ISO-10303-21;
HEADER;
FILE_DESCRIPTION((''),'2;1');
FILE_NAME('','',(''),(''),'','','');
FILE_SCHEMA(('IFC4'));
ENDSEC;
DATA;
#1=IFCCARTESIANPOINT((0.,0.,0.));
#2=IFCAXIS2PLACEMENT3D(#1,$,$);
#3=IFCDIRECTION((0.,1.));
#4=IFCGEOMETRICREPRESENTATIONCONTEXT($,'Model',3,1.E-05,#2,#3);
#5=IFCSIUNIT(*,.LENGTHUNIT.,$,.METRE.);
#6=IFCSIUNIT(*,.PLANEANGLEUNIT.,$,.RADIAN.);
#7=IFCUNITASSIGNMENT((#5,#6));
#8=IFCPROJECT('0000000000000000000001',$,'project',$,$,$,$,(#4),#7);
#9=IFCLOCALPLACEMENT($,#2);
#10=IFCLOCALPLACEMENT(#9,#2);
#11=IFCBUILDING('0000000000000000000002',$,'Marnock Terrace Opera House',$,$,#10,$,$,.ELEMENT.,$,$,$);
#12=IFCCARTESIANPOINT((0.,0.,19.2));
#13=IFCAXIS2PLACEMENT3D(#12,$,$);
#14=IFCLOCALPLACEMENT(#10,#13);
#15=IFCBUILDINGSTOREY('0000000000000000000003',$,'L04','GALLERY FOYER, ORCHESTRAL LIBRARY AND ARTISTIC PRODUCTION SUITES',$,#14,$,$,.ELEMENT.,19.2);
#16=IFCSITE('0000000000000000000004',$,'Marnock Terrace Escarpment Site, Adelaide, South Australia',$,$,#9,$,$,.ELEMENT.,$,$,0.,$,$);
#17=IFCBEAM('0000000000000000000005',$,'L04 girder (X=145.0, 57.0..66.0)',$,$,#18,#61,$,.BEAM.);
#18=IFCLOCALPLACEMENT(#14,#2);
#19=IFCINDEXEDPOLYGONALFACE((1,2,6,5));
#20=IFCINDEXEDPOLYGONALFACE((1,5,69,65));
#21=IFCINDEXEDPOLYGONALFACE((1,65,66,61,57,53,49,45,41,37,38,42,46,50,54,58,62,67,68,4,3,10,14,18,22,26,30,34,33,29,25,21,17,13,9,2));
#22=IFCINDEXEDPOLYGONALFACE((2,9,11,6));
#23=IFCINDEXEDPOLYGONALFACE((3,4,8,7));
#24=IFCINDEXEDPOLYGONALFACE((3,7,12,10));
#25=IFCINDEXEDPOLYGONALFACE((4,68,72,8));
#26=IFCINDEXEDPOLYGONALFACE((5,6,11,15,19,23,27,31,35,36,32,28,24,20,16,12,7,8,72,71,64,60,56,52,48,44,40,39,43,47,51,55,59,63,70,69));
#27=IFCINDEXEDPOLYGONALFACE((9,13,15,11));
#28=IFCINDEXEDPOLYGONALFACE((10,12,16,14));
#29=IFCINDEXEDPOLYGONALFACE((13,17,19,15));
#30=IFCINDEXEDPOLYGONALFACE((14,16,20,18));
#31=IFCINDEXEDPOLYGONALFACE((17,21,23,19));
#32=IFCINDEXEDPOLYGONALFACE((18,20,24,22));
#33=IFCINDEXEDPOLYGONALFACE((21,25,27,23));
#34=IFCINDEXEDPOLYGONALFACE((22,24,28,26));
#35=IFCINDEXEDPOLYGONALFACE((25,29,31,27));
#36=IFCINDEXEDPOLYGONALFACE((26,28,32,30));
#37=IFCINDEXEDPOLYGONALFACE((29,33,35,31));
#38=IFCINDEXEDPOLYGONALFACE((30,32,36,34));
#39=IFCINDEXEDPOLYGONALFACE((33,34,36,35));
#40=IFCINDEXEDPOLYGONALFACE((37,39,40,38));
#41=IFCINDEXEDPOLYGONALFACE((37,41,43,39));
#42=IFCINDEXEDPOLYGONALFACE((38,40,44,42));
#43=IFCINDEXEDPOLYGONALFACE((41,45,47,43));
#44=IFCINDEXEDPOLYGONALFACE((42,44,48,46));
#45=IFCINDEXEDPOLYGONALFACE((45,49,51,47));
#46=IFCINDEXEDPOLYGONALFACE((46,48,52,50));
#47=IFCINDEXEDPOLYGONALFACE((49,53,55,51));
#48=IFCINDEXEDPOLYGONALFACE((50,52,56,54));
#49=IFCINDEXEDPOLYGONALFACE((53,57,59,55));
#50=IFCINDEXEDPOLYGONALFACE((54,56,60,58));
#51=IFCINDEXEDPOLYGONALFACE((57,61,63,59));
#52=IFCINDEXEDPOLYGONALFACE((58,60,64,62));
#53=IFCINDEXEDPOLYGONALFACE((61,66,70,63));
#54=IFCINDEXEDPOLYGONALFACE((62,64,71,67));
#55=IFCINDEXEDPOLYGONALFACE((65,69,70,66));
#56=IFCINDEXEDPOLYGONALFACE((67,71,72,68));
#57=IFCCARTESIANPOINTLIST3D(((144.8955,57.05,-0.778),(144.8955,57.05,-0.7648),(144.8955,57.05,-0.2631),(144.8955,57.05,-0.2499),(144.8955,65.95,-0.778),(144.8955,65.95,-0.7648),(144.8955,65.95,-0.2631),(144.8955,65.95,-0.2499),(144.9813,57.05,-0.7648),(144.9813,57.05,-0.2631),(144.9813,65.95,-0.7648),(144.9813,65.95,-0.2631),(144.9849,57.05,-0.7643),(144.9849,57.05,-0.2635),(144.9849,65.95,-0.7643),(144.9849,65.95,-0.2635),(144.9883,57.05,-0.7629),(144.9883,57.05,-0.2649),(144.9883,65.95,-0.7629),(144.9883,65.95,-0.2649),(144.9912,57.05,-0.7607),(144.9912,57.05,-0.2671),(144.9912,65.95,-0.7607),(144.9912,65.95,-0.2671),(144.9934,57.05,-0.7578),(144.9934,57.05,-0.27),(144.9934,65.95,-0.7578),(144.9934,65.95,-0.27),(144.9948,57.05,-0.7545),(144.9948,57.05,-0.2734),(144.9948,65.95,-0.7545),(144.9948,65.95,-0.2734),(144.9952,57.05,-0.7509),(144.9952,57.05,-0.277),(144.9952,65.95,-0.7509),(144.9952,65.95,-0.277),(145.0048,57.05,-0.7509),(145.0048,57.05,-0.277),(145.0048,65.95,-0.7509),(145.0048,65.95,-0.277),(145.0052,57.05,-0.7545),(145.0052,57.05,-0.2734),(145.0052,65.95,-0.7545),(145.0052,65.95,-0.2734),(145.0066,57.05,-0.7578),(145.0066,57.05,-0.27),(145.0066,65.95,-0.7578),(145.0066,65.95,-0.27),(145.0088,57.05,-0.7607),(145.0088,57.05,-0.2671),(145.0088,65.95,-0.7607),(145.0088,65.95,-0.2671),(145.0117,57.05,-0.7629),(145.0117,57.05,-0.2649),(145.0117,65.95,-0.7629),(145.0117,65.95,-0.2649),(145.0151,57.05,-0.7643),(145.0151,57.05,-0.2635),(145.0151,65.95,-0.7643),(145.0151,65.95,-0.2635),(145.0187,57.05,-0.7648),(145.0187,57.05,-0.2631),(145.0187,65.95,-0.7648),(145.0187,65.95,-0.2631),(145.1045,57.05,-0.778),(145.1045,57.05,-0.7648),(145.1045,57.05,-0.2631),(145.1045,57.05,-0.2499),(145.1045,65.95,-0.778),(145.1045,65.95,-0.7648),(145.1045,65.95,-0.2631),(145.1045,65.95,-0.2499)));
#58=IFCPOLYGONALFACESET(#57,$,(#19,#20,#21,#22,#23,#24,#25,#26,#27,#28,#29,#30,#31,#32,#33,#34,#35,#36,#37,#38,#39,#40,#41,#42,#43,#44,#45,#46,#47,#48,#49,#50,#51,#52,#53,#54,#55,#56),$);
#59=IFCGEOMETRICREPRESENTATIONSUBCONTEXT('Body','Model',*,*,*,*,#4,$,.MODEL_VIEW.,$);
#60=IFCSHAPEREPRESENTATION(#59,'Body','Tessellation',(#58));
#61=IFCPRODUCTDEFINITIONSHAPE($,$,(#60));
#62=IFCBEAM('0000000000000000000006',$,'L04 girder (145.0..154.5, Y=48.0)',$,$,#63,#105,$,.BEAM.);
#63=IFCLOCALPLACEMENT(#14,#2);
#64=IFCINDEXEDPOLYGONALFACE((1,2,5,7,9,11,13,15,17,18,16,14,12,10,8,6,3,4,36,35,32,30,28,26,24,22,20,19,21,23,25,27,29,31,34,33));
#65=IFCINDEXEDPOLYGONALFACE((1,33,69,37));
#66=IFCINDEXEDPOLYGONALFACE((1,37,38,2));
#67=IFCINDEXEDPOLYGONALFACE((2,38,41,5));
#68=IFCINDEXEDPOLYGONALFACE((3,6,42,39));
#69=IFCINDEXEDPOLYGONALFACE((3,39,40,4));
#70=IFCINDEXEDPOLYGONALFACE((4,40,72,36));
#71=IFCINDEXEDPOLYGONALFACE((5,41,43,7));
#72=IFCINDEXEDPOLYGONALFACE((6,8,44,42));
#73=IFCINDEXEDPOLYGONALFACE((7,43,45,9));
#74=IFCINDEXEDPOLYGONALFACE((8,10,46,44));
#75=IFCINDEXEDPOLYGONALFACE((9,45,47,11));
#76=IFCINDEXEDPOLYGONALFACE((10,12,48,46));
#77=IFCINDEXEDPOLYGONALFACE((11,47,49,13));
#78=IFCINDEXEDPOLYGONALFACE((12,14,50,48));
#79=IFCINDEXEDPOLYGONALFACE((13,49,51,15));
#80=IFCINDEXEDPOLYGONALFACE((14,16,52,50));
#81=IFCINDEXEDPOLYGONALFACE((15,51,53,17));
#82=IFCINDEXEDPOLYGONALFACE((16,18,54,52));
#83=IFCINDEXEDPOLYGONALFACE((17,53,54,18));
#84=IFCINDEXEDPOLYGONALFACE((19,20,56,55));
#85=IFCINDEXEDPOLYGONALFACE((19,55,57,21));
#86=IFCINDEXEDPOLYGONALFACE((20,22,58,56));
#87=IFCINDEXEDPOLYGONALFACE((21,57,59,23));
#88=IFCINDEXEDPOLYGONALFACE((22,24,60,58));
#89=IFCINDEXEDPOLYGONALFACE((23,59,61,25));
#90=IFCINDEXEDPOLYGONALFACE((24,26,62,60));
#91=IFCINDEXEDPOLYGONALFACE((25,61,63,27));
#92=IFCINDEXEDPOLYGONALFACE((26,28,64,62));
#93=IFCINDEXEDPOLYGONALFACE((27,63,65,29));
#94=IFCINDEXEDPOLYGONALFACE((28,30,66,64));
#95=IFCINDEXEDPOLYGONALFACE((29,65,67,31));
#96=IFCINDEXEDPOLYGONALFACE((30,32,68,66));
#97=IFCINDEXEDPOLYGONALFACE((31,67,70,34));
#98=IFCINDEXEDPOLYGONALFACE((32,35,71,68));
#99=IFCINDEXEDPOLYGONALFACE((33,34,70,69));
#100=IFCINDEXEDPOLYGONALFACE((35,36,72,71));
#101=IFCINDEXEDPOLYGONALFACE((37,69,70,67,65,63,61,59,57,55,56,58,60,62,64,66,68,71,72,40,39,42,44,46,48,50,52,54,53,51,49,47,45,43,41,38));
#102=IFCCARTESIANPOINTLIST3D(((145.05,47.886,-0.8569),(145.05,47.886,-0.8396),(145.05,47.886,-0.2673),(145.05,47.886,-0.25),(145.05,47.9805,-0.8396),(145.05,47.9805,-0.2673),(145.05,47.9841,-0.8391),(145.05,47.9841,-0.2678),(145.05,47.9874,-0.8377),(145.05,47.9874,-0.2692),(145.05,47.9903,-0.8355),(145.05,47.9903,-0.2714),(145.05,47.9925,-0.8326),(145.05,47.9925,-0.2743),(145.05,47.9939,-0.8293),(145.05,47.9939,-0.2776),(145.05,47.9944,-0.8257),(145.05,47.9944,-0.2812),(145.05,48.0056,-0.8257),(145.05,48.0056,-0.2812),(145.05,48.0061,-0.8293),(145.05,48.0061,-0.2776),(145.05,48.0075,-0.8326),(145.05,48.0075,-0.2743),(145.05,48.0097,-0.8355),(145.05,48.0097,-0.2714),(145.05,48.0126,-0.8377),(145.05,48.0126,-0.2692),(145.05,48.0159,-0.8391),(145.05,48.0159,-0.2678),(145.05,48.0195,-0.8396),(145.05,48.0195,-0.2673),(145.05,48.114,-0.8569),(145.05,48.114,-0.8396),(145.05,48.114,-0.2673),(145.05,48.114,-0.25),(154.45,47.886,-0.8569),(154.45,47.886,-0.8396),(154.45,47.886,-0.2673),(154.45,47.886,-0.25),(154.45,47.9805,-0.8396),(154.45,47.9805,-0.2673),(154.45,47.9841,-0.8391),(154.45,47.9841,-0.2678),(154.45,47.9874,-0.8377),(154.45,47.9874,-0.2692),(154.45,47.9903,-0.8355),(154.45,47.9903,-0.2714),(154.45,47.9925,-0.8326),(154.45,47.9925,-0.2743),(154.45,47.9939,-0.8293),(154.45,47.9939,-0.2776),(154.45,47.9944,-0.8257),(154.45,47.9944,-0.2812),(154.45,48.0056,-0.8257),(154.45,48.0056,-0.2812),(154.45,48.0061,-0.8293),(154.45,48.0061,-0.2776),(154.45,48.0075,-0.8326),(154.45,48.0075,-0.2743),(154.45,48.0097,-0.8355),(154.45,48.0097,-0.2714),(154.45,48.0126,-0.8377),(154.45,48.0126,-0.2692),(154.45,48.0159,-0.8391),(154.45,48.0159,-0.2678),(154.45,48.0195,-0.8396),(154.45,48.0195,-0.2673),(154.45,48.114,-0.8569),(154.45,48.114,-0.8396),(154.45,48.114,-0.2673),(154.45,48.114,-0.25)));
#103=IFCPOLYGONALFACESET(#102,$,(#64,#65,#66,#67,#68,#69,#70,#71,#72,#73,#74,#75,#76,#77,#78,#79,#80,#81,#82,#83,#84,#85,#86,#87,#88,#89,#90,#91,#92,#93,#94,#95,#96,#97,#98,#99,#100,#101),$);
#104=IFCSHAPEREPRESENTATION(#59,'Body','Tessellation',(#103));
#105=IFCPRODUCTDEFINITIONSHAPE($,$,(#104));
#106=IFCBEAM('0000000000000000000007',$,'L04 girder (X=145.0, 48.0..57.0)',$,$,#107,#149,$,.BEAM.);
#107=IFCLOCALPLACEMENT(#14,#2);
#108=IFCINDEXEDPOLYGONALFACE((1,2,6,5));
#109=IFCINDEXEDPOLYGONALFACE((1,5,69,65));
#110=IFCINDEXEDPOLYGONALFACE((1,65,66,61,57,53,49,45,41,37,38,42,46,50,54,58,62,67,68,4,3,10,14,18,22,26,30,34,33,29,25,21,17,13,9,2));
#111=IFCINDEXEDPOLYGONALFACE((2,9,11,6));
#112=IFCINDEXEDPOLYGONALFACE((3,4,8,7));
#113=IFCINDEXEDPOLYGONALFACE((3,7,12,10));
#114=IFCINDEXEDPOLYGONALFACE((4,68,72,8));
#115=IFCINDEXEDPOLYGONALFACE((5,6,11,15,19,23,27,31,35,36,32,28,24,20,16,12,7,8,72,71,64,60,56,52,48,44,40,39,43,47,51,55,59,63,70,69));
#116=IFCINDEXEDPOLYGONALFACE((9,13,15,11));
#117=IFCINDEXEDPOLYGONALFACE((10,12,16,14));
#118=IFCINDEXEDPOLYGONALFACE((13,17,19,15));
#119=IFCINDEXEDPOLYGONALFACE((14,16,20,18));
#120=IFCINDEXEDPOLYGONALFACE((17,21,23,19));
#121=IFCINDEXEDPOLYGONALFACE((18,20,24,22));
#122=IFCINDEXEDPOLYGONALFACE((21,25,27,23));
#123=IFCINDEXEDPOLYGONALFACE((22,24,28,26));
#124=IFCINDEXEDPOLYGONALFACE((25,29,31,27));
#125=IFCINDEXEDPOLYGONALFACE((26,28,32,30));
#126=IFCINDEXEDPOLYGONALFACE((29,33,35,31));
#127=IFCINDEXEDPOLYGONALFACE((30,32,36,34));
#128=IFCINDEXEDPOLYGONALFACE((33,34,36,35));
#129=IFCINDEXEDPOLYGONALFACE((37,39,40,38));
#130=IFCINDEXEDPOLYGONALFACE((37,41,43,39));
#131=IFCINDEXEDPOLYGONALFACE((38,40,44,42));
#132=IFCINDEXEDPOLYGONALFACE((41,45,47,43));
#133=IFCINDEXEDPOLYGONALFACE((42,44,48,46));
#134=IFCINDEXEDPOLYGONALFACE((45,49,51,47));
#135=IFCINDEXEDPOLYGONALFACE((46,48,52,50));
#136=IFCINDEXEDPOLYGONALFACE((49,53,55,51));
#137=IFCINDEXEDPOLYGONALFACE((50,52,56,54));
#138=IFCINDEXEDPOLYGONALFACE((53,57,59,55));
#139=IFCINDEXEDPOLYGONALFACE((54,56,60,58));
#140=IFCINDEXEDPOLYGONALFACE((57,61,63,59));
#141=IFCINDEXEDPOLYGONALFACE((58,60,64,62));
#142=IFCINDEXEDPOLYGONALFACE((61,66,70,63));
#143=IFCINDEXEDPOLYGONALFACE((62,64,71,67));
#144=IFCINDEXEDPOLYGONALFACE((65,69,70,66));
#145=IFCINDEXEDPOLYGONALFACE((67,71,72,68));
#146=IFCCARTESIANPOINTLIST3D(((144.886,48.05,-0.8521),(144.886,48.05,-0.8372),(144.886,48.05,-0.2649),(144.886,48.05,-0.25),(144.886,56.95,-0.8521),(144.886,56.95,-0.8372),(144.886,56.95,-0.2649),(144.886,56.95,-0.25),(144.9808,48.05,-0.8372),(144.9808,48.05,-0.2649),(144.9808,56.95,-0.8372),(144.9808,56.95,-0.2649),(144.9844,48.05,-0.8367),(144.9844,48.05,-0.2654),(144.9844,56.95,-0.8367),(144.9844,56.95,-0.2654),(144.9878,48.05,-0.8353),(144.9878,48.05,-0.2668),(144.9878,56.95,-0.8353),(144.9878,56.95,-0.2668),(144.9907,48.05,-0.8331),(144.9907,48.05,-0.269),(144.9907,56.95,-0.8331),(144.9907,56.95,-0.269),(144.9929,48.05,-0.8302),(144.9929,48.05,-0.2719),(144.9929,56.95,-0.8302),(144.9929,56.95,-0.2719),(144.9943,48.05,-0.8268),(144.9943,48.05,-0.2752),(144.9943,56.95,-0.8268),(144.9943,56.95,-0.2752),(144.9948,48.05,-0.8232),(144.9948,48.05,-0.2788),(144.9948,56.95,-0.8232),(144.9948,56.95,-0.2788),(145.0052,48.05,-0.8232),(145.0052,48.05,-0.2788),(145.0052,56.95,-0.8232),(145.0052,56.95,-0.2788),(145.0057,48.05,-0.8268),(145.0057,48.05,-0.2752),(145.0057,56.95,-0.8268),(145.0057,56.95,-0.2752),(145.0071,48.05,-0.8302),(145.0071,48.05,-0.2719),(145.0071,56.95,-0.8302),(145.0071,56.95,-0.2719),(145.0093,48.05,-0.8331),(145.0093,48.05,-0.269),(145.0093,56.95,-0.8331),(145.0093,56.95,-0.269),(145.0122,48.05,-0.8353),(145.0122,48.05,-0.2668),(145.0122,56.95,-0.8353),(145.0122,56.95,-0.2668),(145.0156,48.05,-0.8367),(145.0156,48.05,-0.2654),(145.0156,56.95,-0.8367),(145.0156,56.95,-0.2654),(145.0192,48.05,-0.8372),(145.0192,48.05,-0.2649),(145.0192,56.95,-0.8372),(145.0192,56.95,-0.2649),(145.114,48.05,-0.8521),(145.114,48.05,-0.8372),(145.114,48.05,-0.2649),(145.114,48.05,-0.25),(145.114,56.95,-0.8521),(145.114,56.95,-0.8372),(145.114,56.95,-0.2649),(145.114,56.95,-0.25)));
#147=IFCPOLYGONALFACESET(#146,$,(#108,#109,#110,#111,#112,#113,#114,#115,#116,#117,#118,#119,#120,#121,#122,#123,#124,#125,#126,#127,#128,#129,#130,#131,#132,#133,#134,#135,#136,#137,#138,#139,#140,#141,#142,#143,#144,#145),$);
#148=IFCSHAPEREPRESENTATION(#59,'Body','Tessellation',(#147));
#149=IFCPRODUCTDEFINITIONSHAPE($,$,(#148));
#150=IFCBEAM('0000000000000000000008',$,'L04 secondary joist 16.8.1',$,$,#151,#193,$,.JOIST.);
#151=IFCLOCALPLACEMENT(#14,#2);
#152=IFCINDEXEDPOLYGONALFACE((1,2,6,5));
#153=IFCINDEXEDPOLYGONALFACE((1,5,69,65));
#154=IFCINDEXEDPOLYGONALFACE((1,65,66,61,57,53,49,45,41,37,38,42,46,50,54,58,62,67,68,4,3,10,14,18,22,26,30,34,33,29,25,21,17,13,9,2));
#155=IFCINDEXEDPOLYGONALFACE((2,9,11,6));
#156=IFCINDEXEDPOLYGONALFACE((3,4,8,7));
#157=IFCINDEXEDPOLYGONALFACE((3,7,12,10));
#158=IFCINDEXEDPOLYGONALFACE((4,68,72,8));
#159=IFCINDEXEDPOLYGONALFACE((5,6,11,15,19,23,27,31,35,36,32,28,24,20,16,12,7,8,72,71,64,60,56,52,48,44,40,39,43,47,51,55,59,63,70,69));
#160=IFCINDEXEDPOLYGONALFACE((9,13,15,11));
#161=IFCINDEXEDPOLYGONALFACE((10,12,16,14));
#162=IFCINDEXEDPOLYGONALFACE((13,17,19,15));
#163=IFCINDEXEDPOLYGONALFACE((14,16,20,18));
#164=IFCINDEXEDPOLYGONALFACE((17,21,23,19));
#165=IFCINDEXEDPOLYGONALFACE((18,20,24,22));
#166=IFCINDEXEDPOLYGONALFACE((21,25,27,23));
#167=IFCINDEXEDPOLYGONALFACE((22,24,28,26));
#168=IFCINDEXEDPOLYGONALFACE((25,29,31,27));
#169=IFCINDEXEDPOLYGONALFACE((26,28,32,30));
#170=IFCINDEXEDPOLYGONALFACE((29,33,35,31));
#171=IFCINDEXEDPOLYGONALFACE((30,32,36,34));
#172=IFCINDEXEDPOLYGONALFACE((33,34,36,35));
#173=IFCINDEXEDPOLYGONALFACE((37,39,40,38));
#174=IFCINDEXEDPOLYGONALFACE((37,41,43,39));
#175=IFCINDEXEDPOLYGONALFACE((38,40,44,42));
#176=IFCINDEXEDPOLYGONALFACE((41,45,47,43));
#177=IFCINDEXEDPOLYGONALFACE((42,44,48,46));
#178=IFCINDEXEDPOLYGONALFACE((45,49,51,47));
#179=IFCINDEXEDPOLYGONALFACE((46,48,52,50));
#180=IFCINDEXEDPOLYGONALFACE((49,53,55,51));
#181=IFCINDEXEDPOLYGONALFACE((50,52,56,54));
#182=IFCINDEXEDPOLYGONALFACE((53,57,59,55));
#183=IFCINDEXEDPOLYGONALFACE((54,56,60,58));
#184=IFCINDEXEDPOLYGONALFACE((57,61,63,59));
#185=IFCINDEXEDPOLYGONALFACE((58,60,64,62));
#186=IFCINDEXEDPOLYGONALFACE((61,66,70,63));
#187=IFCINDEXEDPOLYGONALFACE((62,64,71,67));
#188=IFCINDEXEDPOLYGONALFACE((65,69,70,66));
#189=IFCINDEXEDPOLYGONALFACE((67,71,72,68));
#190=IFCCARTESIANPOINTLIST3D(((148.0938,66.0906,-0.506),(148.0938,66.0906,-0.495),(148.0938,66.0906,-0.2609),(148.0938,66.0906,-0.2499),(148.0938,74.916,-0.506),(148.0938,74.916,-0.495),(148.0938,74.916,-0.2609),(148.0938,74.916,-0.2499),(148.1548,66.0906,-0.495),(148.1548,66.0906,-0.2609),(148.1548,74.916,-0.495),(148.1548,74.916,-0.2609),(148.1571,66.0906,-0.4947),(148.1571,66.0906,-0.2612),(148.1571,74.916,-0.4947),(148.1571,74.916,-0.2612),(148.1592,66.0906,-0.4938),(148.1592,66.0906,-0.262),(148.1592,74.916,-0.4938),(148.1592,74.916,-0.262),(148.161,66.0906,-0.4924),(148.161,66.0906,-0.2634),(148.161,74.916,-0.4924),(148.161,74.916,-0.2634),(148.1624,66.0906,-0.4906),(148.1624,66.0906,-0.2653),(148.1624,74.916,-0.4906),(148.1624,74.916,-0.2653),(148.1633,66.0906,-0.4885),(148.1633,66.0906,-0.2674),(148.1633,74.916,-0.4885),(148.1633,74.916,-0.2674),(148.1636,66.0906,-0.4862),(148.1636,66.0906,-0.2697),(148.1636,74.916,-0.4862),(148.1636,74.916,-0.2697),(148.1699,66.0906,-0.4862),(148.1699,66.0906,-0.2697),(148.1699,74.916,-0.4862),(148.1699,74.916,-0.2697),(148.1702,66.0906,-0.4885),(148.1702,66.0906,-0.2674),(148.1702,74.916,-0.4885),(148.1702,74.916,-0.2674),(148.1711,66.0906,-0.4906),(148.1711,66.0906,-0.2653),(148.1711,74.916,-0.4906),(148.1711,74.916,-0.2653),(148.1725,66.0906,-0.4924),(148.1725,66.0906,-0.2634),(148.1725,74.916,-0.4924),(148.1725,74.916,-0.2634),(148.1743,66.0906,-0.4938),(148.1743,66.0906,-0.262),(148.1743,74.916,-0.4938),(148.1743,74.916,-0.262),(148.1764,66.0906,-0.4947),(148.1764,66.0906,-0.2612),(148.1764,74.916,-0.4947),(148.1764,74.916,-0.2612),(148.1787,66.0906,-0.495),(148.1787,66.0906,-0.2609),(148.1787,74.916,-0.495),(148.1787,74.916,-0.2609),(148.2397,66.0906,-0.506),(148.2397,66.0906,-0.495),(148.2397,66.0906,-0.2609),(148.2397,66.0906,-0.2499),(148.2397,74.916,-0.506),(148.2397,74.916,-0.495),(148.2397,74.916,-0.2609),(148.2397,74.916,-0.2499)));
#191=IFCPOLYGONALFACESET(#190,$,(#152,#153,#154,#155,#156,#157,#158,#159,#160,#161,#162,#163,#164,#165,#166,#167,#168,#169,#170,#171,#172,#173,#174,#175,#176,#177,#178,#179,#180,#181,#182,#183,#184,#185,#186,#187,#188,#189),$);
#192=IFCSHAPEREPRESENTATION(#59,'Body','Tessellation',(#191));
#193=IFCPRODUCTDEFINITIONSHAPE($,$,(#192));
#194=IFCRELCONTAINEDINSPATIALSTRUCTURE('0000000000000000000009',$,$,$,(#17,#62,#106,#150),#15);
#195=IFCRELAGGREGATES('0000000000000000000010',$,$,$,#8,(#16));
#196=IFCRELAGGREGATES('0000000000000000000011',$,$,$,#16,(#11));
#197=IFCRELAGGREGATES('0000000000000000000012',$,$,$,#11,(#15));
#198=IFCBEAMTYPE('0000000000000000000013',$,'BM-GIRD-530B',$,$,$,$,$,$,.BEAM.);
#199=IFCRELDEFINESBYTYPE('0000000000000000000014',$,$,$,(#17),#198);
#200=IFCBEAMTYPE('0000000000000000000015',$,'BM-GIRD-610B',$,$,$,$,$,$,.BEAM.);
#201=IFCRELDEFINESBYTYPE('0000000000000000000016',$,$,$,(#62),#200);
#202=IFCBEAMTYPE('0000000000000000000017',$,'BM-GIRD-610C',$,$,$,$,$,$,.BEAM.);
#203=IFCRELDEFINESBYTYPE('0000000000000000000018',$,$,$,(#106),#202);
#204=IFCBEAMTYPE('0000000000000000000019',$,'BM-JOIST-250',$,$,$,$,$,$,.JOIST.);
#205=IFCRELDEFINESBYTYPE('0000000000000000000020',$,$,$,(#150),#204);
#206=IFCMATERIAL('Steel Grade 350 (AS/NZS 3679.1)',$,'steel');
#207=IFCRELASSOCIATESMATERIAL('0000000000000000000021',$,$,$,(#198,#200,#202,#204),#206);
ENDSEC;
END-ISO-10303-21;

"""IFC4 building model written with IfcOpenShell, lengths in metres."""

from ifc_helpers import new_model, si_unit, direction, frame, origin, origin_2d, place, context, subcontext, project, spatial, i_section, extrude, material, material_profile, profile_set, type_object, element, save


model = new_model("IFC4")

# Units and contexts
model_context = context("Model", 3, precision=1e-05, world=origin(), true_north=direction((0.0, 1.0)))
body_context = subcontext(model_context, "Body", "Model", "MODEL_VIEW")
ifc_project = project(units=[si_unit("LENGTHUNIT", "METRE"), si_unit("PLANEANGLEUNIT", "RADIAN")], contexts=[model_context])

# Site, building, storey
site_placement = place(None, origin())
site = spatial("IfcSite", under=ifc_project, at=site_placement, Name="Marnock Terrace Escarpment Site, Adelaide, South Australia", CompositionType="ELEMENT", RefElevation=0.0)
building_placement = place(site_placement, origin())
building = spatial("IfcBuilding", under=site, at=building_placement, Name="Marnock Terrace Opera House", CompositionType="ELEMENT")
storey_placement = place(building_placement, frame((0.0, 0.0, 19.2)))
storey = spatial("IfcBuildingStorey", under=building, at=storey_placement, Name="L04", Description="GALLERY FOYER, ORCHESTRAL LIBRARY AND ARTISTIC PRODUCTION SUITES", CompositionType="ELEMENT", Elevation=19.2)

# Beams
ifc_material_1 = material(Name="Steel Grade 350 (AS/NZS 3679.1)", Category="steel")
ifc_material_profile_1 = material_profile(ifc_material_1, i_section(OverallWidth=0.209, OverallDepth=0.5281, WebThickness=0.0095, FlangeThickness=0.0132, FilletRadius=0.0139, at=origin_2d()))
ifc_profile_set_1 = profile_set([ifc_material_profile_1], Name="Steel Grade 350 (AS/NZS 3679.1)")
beam_type_1 = type_object("IfcBeamType", Name="BM-GIRD-530B", PredefinedType="BEAM", material=ifc_profile_set_1)
beam_1_placement = place(storey_placement, frame((145.0, 57.05, -0.5139), z_axis=(0.0, 1.0, 0.0), x_axis=(-1.0, 0.0, 0.0)))
element("IfcBeam", 1, at=beam_1_placement, inside=storey, type_object=beam_type_1, Name="L04 girder (X=145.0, 57.0..66.0)", PredefinedType="BEAM", context=body_context, shape_type="SweptSolid", body=[
    extrude(i_section(OverallWidth=0.209, OverallDepth=0.5281, WebThickness=0.0095, FlangeThickness=0.0132, FilletRadius=0.0139, at=origin_2d()), origin(), (0.0, 0.0, 1.0), 8.8999),
])
ifc_material_profile_2 = material_profile(ifc_material_1, i_section(OverallWidth=0.228, OverallDepth=0.6069, WebThickness=0.0112, FlangeThickness=0.0173, FilletRadius=0.0139, at=origin_2d()))
ifc_profile_set_2 = profile_set([ifc_material_profile_2], Name="Steel Grade 350 (AS/NZS 3679.1)")
beam_type_2 = type_object("IfcBeamType", Name="BM-GIRD-610B", PredefinedType="BEAM", material=ifc_profile_set_2)
beam_2_placement = place(storey_placement, frame((145.05, 48.0, -0.5535), z_axis=(1.0, 0.0, 0.0), x_axis=(0.0, 1.0, 0.0)))
element("IfcBeam", 2, at=beam_2_placement, inside=storey, type_object=beam_type_2, Name="L04 girder (145.0..154.5, Y=48.0)", PredefinedType="BEAM", context=body_context, shape_type="SweptSolid", body=[
    extrude(i_section(OverallWidth=0.228, OverallDepth=0.6069, WebThickness=0.0112, FlangeThickness=0.0173, FilletRadius=0.0139, at=origin_2d()), origin(), (0.0, 0.0, 1.0), 9.3999),
])
ifc_material_profile_3 = material_profile(ifc_material_1, i_section(OverallWidth=0.228, OverallDepth=0.6021, WebThickness=0.0105, FlangeThickness=0.0149, FilletRadius=0.0139, at=origin_2d()))
ifc_profile_set_3 = profile_set([ifc_material_profile_3], Name="Steel Grade 350 (AS/NZS 3679.1)")
beam_type_3 = type_object("IfcBeamType", Name="BM-GIRD-610C", PredefinedType="BEAM", material=ifc_profile_set_3)
beam_3_placement = place(storey_placement, frame((145.0, 48.05, -0.551), z_axis=(0.0, 1.0, 0.0), x_axis=(-1.0, 0.0, 0.0)))
element("IfcBeam", 3, at=beam_3_placement, inside=storey, type_object=beam_type_3, Name="L04 girder (X=145.0, 48.0..57.0)", PredefinedType="BEAM", context=body_context, shape_type="SweptSolid", body=[
    extrude(i_section(OverallWidth=0.228, OverallDepth=0.6021, WebThickness=0.0105, FlangeThickness=0.0149, FilletRadius=0.0139, at=origin_2d()), origin(), (0.0, 0.0, 1.0), 8.8999),
])
ifc_material_profile_4 = material_profile(ifc_material_1, i_section(OverallWidth=0.146, OverallDepth=0.2561, WebThickness=0.0063, FlangeThickness=0.011, FilletRadius=0.0088, at=origin_2d()))
ifc_profile_set_4 = profile_set([ifc_material_profile_4], Name="Steel Grade 350 (AS/NZS 3679.1)")
beam_type_4 = type_object("IfcBeamType", Name="BM-JOIST-250", PredefinedType="JOIST", material=ifc_profile_set_4)
beam_4_placement = place(storey_placement, frame((148.1667, 66.0906, -0.3779), z_axis=(0.0, 1.0, 0.0), x_axis=(-1.0, 0.0, 0.0)))
element("IfcBeam", 4, at=beam_4_placement, inside=storey, type_object=beam_type_4, Name="L04 secondary joist 16.8.1", PredefinedType="JOIST", context=body_context, shape_type="SweptSolid", body=[
    extrude(i_section(OverallWidth=0.146, OverallDepth=0.2561, WebThickness=0.0063, FlangeThickness=0.011, FilletRadius=0.0088, at=origin_2d()), origin(), (0.0, 0.0, 1.0), 8.8254),
])

save(model, "model.ifc")
